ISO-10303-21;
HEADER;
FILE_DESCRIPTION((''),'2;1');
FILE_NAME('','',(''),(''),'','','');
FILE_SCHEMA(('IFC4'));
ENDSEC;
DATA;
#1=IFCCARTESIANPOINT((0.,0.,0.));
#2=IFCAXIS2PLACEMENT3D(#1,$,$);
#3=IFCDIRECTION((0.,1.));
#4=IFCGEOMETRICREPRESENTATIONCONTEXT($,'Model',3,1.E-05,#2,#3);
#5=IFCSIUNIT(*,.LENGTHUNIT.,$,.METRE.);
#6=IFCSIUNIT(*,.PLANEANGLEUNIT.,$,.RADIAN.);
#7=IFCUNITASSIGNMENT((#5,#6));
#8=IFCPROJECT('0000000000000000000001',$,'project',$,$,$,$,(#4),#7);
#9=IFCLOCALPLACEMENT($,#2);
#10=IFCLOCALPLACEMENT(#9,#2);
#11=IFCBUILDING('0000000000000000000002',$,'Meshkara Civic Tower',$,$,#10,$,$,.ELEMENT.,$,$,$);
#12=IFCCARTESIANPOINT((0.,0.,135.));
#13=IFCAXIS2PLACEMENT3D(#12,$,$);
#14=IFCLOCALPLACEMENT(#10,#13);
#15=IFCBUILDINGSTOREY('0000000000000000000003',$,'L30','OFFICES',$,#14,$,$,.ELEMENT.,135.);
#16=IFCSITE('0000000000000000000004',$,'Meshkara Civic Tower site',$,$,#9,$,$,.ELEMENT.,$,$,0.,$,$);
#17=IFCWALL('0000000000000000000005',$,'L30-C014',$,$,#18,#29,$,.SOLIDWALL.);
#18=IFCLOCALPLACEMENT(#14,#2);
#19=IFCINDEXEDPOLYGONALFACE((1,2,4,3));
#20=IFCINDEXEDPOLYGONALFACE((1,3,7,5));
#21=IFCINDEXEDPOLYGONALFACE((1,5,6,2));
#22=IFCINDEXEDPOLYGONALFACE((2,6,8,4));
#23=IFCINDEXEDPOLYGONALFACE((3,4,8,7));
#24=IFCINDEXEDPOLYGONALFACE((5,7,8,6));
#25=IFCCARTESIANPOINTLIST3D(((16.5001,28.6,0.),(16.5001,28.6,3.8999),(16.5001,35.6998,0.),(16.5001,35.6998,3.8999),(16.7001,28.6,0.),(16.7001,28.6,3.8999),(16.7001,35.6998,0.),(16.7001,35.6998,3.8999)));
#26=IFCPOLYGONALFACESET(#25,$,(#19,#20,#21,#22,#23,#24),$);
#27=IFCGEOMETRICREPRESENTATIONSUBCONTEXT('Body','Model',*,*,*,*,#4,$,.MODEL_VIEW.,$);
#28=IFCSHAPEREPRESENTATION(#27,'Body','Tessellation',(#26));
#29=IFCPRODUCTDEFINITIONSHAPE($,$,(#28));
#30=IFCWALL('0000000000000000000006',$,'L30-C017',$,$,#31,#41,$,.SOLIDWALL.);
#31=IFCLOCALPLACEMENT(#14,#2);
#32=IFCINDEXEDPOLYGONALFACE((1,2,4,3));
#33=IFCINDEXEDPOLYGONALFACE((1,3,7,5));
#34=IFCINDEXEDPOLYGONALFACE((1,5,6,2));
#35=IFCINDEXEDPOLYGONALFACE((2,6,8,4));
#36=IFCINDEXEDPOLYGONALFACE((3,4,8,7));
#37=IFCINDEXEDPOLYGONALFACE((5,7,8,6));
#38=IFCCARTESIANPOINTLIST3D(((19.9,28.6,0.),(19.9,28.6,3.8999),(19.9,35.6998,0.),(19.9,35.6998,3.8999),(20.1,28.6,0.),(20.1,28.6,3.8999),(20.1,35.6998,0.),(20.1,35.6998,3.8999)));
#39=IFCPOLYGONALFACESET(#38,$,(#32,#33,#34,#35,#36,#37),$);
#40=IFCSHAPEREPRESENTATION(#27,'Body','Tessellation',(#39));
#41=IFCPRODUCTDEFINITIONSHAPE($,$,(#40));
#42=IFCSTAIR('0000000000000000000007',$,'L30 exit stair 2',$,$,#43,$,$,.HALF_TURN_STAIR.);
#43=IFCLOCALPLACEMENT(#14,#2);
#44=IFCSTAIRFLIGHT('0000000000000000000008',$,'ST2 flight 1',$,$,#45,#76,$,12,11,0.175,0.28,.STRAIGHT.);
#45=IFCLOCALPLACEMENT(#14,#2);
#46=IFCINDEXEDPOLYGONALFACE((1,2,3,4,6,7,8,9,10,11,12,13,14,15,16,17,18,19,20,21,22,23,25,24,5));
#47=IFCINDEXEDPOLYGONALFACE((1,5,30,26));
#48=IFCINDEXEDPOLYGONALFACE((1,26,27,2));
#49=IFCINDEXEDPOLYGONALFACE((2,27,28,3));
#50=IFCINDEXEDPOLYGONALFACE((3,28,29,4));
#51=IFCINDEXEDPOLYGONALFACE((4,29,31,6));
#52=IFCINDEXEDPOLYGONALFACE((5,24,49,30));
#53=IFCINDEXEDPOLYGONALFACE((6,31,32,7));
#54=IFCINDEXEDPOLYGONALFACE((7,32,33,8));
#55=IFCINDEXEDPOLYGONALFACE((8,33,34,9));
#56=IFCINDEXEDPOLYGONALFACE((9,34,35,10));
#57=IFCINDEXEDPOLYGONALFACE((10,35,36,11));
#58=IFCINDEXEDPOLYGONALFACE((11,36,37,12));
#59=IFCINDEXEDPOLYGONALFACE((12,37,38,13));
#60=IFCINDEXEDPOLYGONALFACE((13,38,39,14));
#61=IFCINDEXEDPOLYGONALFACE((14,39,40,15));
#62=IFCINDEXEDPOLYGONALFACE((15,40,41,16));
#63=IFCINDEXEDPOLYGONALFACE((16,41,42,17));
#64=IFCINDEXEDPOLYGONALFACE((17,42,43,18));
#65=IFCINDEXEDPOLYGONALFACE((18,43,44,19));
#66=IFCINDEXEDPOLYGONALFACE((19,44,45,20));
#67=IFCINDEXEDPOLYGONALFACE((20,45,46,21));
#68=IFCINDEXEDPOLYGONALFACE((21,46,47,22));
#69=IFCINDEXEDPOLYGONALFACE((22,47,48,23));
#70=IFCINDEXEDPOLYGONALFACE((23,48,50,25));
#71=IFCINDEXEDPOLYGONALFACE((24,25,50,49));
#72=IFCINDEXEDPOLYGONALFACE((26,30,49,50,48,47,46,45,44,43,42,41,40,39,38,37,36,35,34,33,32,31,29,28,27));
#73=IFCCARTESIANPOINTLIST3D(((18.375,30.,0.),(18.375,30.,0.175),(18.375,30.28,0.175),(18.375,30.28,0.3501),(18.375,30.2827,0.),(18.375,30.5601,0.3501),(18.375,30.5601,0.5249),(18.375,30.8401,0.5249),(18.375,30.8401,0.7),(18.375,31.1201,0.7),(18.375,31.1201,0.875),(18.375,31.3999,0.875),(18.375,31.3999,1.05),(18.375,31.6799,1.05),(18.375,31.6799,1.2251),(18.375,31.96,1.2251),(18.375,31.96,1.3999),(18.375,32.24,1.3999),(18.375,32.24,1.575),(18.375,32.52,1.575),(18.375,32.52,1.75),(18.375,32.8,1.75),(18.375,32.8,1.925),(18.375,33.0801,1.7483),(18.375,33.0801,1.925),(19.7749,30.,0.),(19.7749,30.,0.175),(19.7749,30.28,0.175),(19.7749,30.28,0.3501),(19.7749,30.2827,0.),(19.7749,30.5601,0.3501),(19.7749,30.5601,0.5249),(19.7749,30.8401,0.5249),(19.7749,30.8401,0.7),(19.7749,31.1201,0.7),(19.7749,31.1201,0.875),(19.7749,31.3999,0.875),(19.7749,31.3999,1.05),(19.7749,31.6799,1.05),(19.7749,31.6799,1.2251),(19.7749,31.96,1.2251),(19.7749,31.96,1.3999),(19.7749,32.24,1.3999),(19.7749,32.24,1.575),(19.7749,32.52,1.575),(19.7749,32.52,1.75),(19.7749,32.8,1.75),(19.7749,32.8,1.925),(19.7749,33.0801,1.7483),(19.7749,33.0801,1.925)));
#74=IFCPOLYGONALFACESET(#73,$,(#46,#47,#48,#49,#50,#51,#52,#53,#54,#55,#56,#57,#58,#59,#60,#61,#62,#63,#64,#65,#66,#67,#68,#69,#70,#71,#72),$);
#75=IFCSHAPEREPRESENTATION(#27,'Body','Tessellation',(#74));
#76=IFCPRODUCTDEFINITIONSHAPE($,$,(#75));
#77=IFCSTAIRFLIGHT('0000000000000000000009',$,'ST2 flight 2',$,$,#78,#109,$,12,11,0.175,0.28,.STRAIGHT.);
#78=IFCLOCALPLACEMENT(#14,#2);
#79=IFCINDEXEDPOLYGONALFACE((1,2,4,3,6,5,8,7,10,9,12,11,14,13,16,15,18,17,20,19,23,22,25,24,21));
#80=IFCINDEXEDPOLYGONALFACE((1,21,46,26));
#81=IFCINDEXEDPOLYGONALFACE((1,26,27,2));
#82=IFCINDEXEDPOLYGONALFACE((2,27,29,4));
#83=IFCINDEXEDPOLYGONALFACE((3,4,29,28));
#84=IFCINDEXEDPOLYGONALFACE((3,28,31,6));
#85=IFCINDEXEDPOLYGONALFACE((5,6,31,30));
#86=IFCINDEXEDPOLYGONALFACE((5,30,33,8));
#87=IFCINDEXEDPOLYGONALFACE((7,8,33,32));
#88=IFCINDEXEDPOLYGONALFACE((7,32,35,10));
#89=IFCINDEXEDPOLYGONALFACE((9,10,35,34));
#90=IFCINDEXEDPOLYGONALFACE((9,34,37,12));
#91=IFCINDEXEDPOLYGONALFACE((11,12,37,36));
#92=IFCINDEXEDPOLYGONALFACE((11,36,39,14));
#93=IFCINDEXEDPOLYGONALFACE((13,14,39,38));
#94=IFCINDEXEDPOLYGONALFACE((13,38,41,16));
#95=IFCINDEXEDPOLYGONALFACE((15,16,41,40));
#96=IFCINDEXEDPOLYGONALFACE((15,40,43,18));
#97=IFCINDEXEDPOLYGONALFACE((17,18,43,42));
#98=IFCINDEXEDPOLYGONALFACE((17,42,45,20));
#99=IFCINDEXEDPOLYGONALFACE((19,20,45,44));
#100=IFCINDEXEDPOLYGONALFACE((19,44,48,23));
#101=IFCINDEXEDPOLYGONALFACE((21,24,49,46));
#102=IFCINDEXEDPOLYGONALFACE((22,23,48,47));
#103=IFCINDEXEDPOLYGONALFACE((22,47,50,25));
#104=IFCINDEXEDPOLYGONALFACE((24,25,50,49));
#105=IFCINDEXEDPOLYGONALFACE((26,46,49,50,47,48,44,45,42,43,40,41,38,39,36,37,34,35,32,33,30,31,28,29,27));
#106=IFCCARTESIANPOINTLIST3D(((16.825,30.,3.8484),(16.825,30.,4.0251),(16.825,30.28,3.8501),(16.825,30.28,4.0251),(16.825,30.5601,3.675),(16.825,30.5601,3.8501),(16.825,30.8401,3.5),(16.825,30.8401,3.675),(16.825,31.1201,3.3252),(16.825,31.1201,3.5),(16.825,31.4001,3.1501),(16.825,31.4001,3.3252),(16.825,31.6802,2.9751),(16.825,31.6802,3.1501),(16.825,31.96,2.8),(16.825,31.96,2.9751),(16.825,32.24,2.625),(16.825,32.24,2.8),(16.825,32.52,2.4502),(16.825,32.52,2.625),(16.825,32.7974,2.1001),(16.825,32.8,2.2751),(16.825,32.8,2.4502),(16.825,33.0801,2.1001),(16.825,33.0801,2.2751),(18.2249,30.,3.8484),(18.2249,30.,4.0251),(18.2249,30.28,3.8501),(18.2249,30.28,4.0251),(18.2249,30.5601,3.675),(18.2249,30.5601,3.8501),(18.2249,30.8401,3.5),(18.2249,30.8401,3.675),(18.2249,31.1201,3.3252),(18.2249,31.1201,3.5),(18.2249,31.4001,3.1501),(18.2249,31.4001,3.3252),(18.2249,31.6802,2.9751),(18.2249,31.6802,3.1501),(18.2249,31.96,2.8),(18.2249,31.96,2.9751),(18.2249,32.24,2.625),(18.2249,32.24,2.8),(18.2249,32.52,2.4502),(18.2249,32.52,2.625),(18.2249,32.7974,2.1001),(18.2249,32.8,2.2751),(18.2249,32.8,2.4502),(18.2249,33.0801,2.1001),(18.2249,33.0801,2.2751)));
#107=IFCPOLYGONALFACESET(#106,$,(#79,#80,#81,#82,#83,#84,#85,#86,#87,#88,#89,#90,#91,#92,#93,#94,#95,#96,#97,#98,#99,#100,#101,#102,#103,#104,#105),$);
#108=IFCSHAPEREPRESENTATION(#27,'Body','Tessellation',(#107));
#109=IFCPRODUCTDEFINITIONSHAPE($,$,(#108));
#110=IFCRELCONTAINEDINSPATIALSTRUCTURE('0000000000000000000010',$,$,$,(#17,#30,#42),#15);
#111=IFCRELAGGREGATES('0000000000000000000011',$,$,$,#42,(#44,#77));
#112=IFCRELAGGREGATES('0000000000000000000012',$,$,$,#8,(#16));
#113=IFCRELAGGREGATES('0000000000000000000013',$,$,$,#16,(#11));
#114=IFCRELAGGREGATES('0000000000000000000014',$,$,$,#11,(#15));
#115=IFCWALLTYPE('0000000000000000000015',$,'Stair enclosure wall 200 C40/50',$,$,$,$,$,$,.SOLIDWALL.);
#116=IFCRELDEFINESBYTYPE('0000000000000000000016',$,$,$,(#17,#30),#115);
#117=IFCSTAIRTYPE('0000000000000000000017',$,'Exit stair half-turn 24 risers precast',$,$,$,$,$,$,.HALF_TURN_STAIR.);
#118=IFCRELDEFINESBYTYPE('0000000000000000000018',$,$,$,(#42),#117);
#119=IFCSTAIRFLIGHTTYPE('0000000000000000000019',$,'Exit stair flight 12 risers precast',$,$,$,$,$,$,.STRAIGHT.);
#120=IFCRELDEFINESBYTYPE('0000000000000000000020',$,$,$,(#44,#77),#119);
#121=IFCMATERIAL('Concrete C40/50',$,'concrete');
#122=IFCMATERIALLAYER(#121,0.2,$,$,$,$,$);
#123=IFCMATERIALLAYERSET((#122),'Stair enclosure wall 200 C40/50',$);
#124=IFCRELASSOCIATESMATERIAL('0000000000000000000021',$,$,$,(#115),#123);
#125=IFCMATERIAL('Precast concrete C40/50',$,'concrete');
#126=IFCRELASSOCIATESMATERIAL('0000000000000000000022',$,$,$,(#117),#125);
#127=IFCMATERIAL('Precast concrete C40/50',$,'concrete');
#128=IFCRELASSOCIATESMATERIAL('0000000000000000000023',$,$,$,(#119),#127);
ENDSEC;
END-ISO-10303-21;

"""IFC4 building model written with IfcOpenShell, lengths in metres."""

from ifc_helpers import new_model, si_unit, direction, frame, frame_2d, origin, place, context, subcontext, project, spatial, polyline, rectangle, outline, extrude, material, layer, layer_set, type_object, element, aggregate, save


model = new_model("IFC4")

# Units and contexts
model_context = context("Model", 3, precision=1e-05, world=origin(), true_north=direction((0.0, 1.0)))
body_context = subcontext(model_context, "Body", "Model", "MODEL_VIEW")
ifc_project = project(units=[si_unit("LENGTHUNIT", "METRE"), si_unit("PLANEANGLEUNIT", "RADIAN")], contexts=[model_context])

# Site, building, storey
site_placement = place(None, origin())
site = spatial("IfcSite", under=ifc_project, at=site_placement, Name="Meshkara Civic Tower site", CompositionType="ELEMENT", RefElevation=0.0)
building_placement = place(site_placement, origin())
building = spatial("IfcBuilding", under=site, at=building_placement, Name="Meshkara Civic Tower", CompositionType="ELEMENT")
storey_placement = place(building_placement, frame((0.0, 0.0, 135.0)))
storey = spatial("IfcBuildingStorey", under=building, at=storey_placement, Name="L30", Description="OFFICES", CompositionType="ELEMENT", Elevation=135.0)

# Walls
ifc_material_1 = material(Name="Concrete C40/50", Category="concrete")
ifc_layer_1 = layer(ifc_material_1, 0.2)
ifc_layer_set_1 = layer_set([ifc_layer_1], Name="Stair enclosure wall 200 C40/50")
wall_type_1 = type_object("IfcWallType", Name="Stair enclosure wall 200 C40/50", PredefinedType="SOLIDWALL", material=ifc_layer_set_1)
for number, where, z_axis, x_axis, name in (
    (1, (16.6001, 28.6001, 0.0), (0.0, 0.0, 1.0), (0.0, 1.0, 0.0), "L30-C014"),
    (2, (20.0, 28.6001, 0.0), (0.0, 0.0, 1.0), (0.0, 1.0, 0.0), "L30-C017"),
):
    element("IfcWall", number, at=place(storey_placement, frame(where, z_axis=z_axis, x_axis=x_axis)), inside=storey, type_object=wall_type_1, Name=name, PredefinedType="SOLIDWALL", context=body_context, shape_type="SweptSolid", body=[
        extrude(rectangle(XDim=7.0999, YDim=0.2, at=frame_2d((3.5498, 0.0))), origin(), (0.0, 0.0, 1.0), 3.8999),
    ])

# Stair, stair flights
ifc_material_2 = material(Name="Precast concrete C40/50", Category="concrete")
stair_type = type_object("IfcStairType", Name="Exit stair half-turn 24 risers precast", PredefinedType="HALF_TURN_STAIR", material=ifc_material_2)
stair_placement = place(storey_placement, origin())
stair = element("IfcStair", 3, at=stair_placement, inside=storey, type_object=stair_type, Name="L30 exit stair 2", PredefinedType="HALF_TURN_STAIR")
ifc_material_3 = material(Name="Precast concrete C40/50", Category="concrete")
stair_flight_type = type_object("IfcStairFlightType", Name="Exit stair flight 12 risers precast", PredefinedType="STRAIGHT", material=ifc_material_3)
stair_flight_1_placement = place(storey_placement, frame((19.075, 30.0, 0.0), z_axis=(0.0, 0.0, 1.0), x_axis=(0.0, 1.0, 0.0)))
stair_flight_1 = element("IfcStairFlight", 4, at=stair_flight_1_placement, type_object=stair_flight_type, Name="ST2 flight 1", NumberOfRisers=12, NumberOfTreads=11, PredefinedType="STRAIGHT", RiserHeight=0.175, TreadLength=0.28, context=body_context, shape_type="SweptSolid", body=[
    extrude(outline(polyline([(0.0, 0.0), (0.0, 0.175), (0.28, 0.175), (0.28, 0.3501), (0.5601, 0.3501), (0.5601, 0.5249), (0.8401, 0.5249), (0.8401, 0.7), (1.1201, 0.7), (1.1201, 0.875), (1.3999, 0.875), (1.3999, 1.05), (1.6799, 1.05), (1.6799, 1.2251), (1.96, 1.2251), (1.96, 1.3999), (2.24, 1.3999), (2.24, 1.575), (2.52, 1.575), (2.52, 1.75), (2.8, 1.75), (2.8, 1.925), (3.0801, 1.925), (3.0801, 2.1001), (3.0801, 1.7483), (0.2827, 0.0), (0.0, 0.0)])), frame((0.0, 0.7, 0.0), z_axis=(0.0, -1.0, 0.0), x_axis=(1.0, 0.0, 0.0)), (0.0, 0.0, 1.0), 1.3999),
])
stair_flight_2_placement = place(storey_placement, frame((17.5249, 33.0801, 2.1001), z_axis=(0.0, 0.0, 1.0), x_axis=(0.0, -1.0, 0.0)))
stair_flight_2 = element("IfcStairFlight", 5, at=stair_flight_2_placement, type_object=stair_flight_type, Name="ST2 flight 2", NumberOfRisers=12, NumberOfTreads=11, PredefinedType="STRAIGHT", RiserHeight=0.175, TreadLength=0.28, context=body_context, shape_type="SweptSolid", body=[
    extrude(outline(polyline([(0.0, 0.0), (0.0, 0.175), (0.28, 0.175), (0.28, 0.3501), (0.5601, 0.3501), (0.5601, 0.5249), (0.8401, 0.5249), (0.8401, 0.7), (1.1201, 0.7), (1.1201, 0.875), (1.3999, 0.875), (1.3999, 1.05), (1.6799, 1.05), (1.6799, 1.2251), (1.96, 1.2251), (1.96, 1.3999), (2.24, 1.3999), (2.24, 1.575), (2.52, 1.575), (2.52, 1.75), (2.8, 1.75), (2.8, 1.925), (3.0801, 1.925), (3.0801, 2.1001), (3.0801, 1.7483), (0.2827, 0.0), (0.0, 0.0)])), frame((0.0, 0.7, 0.0), z_axis=(0.0, -1.0, 0.0), x_axis=(1.0, 0.0, 0.0)), (0.0, 0.0, 1.0), 1.3999),
])
aggregate(stair, [stair_flight_1, stair_flight_2])

save(model, "model.ifc")
